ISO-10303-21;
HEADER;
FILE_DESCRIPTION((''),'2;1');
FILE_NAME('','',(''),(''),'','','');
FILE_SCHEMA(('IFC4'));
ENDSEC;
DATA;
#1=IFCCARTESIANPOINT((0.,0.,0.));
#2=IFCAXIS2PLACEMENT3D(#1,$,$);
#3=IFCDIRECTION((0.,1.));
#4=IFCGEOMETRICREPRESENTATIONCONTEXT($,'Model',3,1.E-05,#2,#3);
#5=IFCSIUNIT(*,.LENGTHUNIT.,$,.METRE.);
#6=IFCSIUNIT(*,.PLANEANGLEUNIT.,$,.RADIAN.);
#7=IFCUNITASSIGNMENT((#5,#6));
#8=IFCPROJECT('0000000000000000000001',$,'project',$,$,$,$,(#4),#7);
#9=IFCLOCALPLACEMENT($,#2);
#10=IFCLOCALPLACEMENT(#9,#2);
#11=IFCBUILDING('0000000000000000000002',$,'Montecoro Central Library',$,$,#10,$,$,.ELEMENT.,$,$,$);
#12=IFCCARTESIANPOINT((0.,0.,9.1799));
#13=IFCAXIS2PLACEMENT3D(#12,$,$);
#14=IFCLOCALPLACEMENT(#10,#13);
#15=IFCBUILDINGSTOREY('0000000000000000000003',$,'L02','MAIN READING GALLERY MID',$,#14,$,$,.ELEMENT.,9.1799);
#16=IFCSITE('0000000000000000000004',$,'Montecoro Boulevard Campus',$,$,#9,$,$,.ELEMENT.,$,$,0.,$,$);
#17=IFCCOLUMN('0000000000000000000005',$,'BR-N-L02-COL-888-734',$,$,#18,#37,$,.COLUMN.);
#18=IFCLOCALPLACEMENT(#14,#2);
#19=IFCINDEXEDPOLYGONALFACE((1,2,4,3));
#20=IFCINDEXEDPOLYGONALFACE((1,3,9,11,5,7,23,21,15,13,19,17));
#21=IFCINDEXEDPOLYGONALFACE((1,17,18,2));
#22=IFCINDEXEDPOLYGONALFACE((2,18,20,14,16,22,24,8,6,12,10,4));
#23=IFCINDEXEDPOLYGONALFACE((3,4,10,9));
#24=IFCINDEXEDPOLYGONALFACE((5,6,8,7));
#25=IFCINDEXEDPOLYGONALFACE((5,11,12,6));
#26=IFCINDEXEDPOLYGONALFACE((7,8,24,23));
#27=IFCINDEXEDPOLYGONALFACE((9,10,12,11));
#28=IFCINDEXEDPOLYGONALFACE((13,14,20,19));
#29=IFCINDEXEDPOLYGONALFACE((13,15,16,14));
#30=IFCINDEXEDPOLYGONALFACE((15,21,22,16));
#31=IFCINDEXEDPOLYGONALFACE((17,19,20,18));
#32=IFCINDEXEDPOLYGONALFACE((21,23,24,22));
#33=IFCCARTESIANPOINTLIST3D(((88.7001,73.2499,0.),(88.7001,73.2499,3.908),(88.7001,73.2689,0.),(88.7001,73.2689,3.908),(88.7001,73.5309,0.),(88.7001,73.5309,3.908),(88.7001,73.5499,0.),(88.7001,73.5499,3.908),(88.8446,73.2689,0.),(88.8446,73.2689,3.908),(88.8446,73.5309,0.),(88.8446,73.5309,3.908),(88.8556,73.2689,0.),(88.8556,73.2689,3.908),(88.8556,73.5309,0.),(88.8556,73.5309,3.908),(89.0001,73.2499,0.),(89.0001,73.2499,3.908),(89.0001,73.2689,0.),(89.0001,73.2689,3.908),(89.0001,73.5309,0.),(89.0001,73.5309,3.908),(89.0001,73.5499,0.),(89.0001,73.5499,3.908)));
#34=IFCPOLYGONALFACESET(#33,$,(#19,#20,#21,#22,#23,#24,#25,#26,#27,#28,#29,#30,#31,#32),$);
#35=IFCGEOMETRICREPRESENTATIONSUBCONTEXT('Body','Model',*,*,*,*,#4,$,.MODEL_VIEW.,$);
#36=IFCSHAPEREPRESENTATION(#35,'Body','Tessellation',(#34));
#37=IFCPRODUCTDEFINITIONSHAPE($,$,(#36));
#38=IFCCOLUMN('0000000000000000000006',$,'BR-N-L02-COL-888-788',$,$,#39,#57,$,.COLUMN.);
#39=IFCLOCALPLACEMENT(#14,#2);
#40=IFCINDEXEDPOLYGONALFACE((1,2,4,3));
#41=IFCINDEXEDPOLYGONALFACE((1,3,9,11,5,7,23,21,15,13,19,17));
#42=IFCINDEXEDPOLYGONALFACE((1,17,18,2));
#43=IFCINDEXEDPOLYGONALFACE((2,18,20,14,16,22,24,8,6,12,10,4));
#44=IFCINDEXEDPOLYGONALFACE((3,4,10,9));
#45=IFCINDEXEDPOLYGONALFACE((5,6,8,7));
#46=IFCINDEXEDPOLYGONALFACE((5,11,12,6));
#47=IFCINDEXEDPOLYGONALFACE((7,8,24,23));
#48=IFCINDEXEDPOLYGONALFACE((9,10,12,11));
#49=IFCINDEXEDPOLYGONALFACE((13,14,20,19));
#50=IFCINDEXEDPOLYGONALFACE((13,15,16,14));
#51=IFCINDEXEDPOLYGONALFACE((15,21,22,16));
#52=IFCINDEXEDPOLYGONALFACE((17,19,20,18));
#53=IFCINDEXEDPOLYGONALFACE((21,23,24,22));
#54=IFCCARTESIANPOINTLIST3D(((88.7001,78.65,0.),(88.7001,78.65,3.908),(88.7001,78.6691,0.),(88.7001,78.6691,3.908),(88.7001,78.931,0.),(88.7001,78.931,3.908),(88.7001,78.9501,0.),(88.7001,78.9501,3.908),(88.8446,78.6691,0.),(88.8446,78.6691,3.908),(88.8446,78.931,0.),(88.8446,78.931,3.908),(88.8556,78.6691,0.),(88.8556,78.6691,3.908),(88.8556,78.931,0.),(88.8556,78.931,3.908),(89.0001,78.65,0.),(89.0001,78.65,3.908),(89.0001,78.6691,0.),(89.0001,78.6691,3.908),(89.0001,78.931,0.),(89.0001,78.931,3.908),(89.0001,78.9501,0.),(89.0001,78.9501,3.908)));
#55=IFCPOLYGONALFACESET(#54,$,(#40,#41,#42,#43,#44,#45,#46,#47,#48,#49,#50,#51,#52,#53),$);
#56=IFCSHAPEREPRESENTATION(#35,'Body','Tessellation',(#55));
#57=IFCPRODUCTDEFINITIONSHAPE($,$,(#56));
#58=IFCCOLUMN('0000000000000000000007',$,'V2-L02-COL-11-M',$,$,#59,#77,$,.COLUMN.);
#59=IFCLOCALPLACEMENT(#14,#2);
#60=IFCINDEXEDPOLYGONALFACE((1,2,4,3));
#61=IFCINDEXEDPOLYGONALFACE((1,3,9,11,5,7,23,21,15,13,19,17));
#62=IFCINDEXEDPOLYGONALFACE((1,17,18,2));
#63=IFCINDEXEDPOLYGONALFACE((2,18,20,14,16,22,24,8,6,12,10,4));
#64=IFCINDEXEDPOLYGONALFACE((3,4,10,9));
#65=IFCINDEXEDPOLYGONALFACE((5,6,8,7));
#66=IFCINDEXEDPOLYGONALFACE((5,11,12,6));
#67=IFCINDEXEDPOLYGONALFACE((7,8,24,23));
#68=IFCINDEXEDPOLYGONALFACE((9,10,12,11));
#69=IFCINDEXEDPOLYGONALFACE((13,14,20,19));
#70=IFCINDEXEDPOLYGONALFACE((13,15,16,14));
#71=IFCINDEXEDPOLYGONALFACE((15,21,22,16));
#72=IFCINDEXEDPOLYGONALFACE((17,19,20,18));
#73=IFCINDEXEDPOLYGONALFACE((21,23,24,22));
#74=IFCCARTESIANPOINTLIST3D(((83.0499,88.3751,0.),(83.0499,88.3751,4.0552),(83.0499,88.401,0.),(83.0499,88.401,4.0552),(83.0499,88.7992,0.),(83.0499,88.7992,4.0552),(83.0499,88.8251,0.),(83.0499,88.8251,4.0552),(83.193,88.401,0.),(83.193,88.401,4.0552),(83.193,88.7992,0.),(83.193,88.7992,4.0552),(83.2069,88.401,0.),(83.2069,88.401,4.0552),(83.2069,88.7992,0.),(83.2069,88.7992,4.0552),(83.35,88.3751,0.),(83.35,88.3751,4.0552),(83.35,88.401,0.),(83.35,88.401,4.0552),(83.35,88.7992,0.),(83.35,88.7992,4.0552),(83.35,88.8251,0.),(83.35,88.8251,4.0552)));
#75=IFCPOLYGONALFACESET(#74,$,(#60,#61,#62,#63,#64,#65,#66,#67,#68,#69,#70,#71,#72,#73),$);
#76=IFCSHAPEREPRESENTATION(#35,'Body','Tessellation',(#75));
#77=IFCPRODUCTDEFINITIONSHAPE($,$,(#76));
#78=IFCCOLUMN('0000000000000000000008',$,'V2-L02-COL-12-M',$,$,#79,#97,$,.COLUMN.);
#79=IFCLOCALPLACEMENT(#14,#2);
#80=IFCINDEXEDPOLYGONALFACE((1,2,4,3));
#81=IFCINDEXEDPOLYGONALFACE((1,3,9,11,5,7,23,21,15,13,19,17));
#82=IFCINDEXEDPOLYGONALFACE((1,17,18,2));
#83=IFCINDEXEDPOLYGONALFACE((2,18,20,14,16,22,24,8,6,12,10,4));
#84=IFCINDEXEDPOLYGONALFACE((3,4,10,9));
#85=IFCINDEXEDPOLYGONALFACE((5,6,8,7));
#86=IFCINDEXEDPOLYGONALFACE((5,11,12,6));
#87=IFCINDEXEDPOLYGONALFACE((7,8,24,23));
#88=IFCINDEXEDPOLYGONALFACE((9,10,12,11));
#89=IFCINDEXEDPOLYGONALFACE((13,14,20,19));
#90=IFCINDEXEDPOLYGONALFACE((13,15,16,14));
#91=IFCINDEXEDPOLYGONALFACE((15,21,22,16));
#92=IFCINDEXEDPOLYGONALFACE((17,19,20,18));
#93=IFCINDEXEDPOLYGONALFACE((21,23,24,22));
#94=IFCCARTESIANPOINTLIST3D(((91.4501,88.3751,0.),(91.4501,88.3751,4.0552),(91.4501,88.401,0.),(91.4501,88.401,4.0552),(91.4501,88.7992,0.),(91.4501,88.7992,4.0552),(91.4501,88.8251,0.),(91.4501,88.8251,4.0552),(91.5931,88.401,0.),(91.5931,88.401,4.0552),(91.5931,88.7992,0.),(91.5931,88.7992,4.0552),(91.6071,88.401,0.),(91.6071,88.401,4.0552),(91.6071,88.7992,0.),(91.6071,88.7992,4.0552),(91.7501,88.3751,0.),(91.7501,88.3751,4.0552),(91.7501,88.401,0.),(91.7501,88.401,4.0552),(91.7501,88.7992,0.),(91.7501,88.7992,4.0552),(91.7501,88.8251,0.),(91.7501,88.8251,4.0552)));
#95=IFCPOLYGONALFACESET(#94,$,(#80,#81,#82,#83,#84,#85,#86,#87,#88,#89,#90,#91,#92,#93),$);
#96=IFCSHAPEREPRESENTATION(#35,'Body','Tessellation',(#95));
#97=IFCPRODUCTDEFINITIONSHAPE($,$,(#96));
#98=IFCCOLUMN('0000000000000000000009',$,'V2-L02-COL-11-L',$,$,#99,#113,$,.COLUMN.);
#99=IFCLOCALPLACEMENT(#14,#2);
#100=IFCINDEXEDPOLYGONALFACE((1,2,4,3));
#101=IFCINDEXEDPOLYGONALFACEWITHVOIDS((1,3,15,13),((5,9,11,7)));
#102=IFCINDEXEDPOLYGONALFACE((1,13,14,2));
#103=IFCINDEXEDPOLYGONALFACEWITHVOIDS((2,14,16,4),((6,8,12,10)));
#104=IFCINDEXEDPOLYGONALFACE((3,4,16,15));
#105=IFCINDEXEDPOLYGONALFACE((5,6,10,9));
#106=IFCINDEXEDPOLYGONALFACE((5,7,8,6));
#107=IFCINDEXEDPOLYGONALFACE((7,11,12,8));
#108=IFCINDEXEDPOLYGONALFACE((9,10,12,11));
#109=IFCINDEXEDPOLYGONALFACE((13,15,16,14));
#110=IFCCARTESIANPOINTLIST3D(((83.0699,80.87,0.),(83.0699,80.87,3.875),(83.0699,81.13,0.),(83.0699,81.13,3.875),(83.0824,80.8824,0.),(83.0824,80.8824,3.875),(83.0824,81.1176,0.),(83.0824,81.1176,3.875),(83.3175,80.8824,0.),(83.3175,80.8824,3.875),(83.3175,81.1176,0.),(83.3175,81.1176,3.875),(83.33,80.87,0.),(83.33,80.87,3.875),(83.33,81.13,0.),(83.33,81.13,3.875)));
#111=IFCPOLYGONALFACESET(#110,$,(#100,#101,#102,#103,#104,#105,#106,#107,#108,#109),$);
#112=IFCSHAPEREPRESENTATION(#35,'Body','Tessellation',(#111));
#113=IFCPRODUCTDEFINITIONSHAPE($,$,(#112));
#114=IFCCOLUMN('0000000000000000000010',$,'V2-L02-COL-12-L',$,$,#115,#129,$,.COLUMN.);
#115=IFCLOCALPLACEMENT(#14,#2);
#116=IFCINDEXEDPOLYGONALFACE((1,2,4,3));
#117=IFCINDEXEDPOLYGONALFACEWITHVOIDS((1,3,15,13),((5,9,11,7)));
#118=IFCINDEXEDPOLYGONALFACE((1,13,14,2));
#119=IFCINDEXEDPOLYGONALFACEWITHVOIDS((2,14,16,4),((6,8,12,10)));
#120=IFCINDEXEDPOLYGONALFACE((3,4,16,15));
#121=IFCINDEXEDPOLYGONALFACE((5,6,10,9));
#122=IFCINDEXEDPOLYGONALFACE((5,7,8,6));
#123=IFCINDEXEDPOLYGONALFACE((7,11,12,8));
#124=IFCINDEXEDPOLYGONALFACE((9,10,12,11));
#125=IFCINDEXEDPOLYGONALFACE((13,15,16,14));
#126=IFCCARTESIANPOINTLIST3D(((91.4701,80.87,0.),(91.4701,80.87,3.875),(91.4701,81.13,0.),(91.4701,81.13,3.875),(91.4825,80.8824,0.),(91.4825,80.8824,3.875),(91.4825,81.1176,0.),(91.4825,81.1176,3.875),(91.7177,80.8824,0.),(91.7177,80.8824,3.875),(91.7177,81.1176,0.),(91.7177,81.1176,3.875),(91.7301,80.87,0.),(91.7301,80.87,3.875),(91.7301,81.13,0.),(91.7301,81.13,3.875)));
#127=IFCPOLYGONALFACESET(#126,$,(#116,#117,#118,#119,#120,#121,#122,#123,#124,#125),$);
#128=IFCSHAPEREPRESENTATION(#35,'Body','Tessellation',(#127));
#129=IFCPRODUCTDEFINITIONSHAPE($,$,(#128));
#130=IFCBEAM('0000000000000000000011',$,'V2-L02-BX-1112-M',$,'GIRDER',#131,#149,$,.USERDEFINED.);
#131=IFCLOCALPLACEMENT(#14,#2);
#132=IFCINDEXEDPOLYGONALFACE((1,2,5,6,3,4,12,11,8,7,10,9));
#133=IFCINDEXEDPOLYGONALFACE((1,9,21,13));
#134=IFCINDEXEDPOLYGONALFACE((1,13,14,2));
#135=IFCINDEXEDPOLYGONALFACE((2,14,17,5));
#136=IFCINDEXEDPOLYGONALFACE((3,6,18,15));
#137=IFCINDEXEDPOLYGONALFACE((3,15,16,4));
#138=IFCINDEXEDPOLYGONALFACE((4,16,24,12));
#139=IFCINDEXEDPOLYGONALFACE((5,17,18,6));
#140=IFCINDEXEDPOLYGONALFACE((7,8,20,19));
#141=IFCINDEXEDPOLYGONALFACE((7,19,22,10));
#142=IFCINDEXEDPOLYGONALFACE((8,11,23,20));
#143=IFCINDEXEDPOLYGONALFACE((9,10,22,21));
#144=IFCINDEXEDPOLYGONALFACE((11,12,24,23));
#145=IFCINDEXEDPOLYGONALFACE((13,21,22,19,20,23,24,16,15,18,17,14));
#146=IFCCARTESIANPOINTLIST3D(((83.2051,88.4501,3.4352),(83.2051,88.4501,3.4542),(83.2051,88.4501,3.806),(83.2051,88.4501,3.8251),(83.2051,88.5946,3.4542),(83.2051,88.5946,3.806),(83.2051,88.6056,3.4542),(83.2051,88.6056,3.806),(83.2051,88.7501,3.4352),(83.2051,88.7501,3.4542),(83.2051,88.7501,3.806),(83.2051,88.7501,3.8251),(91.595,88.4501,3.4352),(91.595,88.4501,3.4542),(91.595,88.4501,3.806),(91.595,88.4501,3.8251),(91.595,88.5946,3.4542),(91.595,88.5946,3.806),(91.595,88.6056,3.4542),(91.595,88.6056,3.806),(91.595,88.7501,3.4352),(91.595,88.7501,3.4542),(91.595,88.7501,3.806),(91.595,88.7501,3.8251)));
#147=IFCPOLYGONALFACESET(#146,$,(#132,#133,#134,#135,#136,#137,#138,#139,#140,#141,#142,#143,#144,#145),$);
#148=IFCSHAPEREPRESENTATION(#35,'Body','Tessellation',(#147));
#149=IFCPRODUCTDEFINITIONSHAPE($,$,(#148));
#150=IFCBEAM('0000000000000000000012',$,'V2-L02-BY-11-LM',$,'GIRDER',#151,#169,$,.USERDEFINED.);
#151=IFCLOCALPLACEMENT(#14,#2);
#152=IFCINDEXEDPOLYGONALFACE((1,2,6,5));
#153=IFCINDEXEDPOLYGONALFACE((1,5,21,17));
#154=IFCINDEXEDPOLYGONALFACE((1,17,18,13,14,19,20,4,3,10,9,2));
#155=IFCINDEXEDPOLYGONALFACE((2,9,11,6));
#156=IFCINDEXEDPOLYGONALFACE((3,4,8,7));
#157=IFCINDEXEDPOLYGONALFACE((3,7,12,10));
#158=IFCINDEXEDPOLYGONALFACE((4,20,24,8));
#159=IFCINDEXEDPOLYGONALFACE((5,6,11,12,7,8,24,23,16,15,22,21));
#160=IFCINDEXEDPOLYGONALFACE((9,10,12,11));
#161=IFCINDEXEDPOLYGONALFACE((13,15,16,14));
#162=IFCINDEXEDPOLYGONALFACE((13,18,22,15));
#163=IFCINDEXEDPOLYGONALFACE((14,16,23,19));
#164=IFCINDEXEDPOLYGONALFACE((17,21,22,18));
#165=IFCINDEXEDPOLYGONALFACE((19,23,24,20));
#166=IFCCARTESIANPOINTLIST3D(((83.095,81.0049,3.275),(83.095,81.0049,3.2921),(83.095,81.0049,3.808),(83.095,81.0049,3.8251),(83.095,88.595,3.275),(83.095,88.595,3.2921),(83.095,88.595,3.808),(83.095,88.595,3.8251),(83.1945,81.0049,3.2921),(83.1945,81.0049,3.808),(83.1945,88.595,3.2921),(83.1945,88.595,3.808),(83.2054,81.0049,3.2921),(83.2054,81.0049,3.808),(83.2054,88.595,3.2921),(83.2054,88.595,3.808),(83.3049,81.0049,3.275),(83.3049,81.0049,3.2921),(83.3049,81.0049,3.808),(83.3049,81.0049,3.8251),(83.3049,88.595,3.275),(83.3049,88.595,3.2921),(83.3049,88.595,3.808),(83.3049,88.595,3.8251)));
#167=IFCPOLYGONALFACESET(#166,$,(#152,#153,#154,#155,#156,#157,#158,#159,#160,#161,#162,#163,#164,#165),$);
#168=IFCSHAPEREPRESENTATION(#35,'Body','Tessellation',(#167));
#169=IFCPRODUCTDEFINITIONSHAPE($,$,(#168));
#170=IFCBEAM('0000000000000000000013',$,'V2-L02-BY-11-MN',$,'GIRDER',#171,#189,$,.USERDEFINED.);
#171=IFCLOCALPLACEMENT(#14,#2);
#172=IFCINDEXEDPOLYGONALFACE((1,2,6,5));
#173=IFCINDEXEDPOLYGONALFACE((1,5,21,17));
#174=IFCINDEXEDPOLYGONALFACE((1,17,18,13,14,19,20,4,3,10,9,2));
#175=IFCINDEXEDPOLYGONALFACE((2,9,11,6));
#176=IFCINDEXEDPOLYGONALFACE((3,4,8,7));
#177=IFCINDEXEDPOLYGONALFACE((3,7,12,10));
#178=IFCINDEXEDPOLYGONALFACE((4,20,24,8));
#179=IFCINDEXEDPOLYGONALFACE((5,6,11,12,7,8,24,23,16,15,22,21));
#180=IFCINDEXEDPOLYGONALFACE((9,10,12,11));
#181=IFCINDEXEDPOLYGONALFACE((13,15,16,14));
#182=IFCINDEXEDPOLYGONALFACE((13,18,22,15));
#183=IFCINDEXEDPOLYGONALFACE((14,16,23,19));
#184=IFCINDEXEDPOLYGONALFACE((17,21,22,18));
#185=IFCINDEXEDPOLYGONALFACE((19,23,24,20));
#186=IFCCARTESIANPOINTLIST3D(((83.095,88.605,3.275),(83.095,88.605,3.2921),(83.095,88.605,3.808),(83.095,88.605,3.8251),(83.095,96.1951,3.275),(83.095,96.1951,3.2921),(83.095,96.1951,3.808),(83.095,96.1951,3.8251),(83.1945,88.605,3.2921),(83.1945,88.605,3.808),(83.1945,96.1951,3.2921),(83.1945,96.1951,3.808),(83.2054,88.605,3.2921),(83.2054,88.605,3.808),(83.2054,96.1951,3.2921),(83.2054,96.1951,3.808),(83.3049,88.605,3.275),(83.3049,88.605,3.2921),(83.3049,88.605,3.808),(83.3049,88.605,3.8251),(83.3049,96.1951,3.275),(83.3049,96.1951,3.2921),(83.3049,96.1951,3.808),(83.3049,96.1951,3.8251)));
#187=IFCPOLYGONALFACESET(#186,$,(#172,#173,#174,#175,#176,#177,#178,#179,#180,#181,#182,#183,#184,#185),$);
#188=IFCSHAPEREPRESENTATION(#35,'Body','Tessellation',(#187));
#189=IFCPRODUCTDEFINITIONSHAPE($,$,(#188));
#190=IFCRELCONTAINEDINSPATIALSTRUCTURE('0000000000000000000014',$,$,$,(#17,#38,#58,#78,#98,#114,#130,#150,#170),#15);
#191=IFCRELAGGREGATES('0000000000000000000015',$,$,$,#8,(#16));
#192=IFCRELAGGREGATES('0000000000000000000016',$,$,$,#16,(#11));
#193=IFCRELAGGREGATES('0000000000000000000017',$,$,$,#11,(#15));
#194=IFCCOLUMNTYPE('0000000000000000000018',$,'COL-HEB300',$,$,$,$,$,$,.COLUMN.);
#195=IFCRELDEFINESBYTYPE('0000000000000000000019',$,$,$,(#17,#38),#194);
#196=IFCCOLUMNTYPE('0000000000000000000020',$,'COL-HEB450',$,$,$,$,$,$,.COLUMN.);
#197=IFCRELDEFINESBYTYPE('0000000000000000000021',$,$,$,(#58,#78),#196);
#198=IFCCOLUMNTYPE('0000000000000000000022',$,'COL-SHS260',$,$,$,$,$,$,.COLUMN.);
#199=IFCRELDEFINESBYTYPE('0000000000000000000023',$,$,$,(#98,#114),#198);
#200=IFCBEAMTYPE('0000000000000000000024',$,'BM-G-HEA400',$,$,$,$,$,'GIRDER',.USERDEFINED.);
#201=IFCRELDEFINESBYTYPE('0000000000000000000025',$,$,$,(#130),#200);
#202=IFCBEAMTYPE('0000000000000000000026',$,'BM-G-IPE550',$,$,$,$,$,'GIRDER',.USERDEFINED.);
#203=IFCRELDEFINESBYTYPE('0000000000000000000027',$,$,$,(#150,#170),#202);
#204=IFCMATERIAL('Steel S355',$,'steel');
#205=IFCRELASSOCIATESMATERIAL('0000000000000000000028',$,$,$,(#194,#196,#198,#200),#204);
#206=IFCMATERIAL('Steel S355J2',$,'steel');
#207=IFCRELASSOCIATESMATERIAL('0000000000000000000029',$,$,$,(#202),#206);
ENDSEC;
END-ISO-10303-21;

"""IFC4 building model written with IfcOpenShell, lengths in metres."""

from ifc_helpers import new_model, si_unit, direction, frame, origin, origin_2d, place, context, subcontext, project, spatial, hollow_rectangle, i_section, extrude, material, material_profile, profile_set, type_object, element, save


model = new_model("IFC4")

# Units and contexts
model_context = context("Model", 3, precision=1e-05, world=origin(), true_north=direction((0.0, 1.0)))
body_context = subcontext(model_context, "Body", "Model", "MODEL_VIEW")
ifc_project = project(units=[si_unit("LENGTHUNIT", "METRE"), si_unit("PLANEANGLEUNIT", "RADIAN")], contexts=[model_context])

# Site, building, storey
site_placement = place(None, origin())
site = spatial("IfcSite", under=ifc_project, at=site_placement, Name="Montecoro Boulevard Campus", CompositionType="ELEMENT", RefElevation=0.0)
building_placement = place(site_placement, origin())
building = spatial("IfcBuilding", under=site, at=building_placement, Name="Montecoro Central Library", CompositionType="ELEMENT")
storey_placement = place(building_placement, frame((0.0, 0.0, 9.1799)))
storey = spatial("IfcBuildingStorey", under=building, at=storey_placement, Name="L02", Description="MAIN READING GALLERY MID", CompositionType="ELEMENT", Elevation=9.1799)

# Columns
ifc_material_1 = material(Name="Steel S355", Category="steel")
ifc_material_profile_1 = material_profile(ifc_material_1, i_section(OverallWidth=0.3, OverallDepth=0.3, WebThickness=0.011, FlangeThickness=0.019, at=origin_2d()), Name="HEB 300")
ifc_profile_set_1 = profile_set([ifc_material_profile_1], Name="Steel S355")
column_type_1 = type_object("IfcColumnType", Name="COL-HEB300", PredefinedType="COLUMN", material=ifc_profile_set_1)
for number, where, z_axis, x_axis, name in (
    (1, (88.8501, 73.3999, 0.0), (0.0, 0.0, 1.0), (1.0, 0.0, 0.0), "BR-N-L02-COL-888-734"),
    (2, (88.8501, 78.8, 0.0), (0.0, 0.0, 1.0), (1.0, 0.0, 0.0), "BR-N-L02-COL-888-788"),
):
    element("IfcColumn", number, at=place(storey_placement, frame(where, z_axis=z_axis, x_axis=x_axis)), inside=storey, type_object=column_type_1, Name=name, PredefinedType="COLUMN", context=body_context, shape_type="SweptSolid", body=[
        extrude(i_section(OverallWidth=0.3, OverallDepth=0.3, WebThickness=0.011, FlangeThickness=0.019, at=origin_2d()), origin(), (0.0, 0.0, 1.0), 3.908),
    ])
ifc_material_profile_2 = material_profile(ifc_material_1, i_section(OverallWidth=0.3, OverallDepth=0.45, WebThickness=0.0139, FlangeThickness=0.0259, at=origin_2d()), Name="HEB 450")
ifc_profile_set_2 = profile_set([ifc_material_profile_2], Name="Steel S355")
column_type_2 = type_object("IfcColumnType", Name="COL-HEB450", PredefinedType="COLUMN", material=ifc_profile_set_2)
for number, where, z_axis, x_axis, name in (
    (3, (83.2, 88.6001, 0.0), (0.0, 0.0, 1.0), (1.0, 0.0, 0.0), "V2-L02-COL-11-M"),
    (4, (91.6001, 88.6001, 0.0), (0.0, 0.0, 1.0), (1.0, 0.0, 0.0), "V2-L02-COL-12-M"),
):
    element("IfcColumn", number, at=place(storey_placement, frame(where, z_axis=z_axis, x_axis=x_axis)), inside=storey, type_object=column_type_2, Name=name, PredefinedType="COLUMN", context=body_context, shape_type="SweptSolid", body=[
        extrude(i_section(OverallWidth=0.3, OverallDepth=0.45, WebThickness=0.0139, FlangeThickness=0.0259, at=origin_2d()), origin(), (0.0, 0.0, 1.0), 4.0552),
    ])
ifc_material_profile_3 = material_profile(ifc_material_1, hollow_rectangle(XDim=0.26, YDim=0.26, WallThickness=0.0125, at=origin_2d()), Name="SHS 260x260x12.5")
ifc_profile_set_3 = profile_set([ifc_material_profile_3], Name="Steel S355")
column_type_3 = type_object("IfcColumnType", Name="COL-SHS260", PredefinedType="COLUMN", material=ifc_profile_set_3)
for number, where, z_axis, x_axis, name in (
    (5, (83.2, 81.0, 0.0), (0.0, 0.0, 1.0), (1.0, 0.0, 0.0), "V2-L02-COL-11-L"),
    (6, (91.6001, 81.0, 0.0), (0.0, 0.0, 1.0), (1.0, 0.0, 0.0), "V2-L02-COL-12-L"),
):
    element("IfcColumn", number, at=place(storey_placement, frame(where, z_axis=z_axis, x_axis=x_axis)), inside=storey, type_object=column_type_3, Name=name, PredefinedType="COLUMN", context=body_context, shape_type="SweptSolid", body=[
        extrude(hollow_rectangle(XDim=0.26, YDim=0.26, WallThickness=0.0125, at=origin_2d()), origin(), (0.0, 0.0, 1.0), 3.875),
    ])

# Beams
ifc_material_profile_4 = material_profile(ifc_material_1, i_section(OverallWidth=0.3, OverallDepth=0.3899, WebThickness=0.011, FlangeThickness=0.019, at=origin_2d()), Name="HEA 400")
ifc_profile_set_4 = profile_set([ifc_material_profile_4], Name="Steel S355")
beam_type_1 = type_object("IfcBeamType", Name="BM-G-HEA400", ElementType="GIRDER", PredefinedType="USERDEFINED", material=ifc_profile_set_4)
beam_1_placement = place(storey_placement, frame((83.2051, 88.6001, 3.6301), z_axis=(1.0, 0.0, 0.0), x_axis=(0.0, 1.0, 0.0)))
element("IfcBeam", 7, at=beam_1_placement, inside=storey, type_object=beam_type_1, Name="V2-L02-BX-1112-M", ObjectType="GIRDER", PredefinedType="USERDEFINED", context=body_context, shape_type="SweptSolid", body=[
    extrude(i_section(OverallWidth=0.3, OverallDepth=0.3899, WebThickness=0.011, FlangeThickness=0.019, at=origin_2d()), origin(), (0.0, 0.0, 1.0), 8.3899),
])
ifc_material_2 = material(Name="Steel S355J2", Category="steel")
ifc_material_profile_5 = material_profile(ifc_material_2, i_section(OverallWidth=0.21, OverallDepth=0.55, WebThickness=0.011, FlangeThickness=0.0171, at=origin_2d()), Name="IPE 550")
ifc_profile_set_5 = profile_set([ifc_material_profile_5], Name="Steel S355J2")
beam_type_2 = type_object("IfcBeamType", Name="BM-G-IPE550", ElementType="GIRDER", PredefinedType="USERDEFINED", material=ifc_profile_set_5)
for number, where, z_axis, x_axis, name in (
    (8, (83.2, 81.0049, 3.55), (0.0, 1.0, 0.0), (-1.0, 0.0, 0.0), "V2-L02-BY-11-LM"),
    (9, (83.2, 88.605, 3.55), (0.0, 1.0, 0.0), (-1.0, 0.0, 0.0), "V2-L02-BY-11-MN"),
):
    element("IfcBeam", number, at=place(storey_placement, frame(where, z_axis=z_axis, x_axis=x_axis)), inside=storey, type_object=beam_type_2, Name=name, ObjectType="GIRDER", PredefinedType="USERDEFINED", context=body_context, shape_type="SweptSolid", body=[
        extrude(i_section(OverallWidth=0.21, OverallDepth=0.55, WebThickness=0.011, FlangeThickness=0.0171, at=origin_2d()), origin(), (0.0, 0.0, 1.0), 7.5901),
    ])

save(model, "model.ifc")
